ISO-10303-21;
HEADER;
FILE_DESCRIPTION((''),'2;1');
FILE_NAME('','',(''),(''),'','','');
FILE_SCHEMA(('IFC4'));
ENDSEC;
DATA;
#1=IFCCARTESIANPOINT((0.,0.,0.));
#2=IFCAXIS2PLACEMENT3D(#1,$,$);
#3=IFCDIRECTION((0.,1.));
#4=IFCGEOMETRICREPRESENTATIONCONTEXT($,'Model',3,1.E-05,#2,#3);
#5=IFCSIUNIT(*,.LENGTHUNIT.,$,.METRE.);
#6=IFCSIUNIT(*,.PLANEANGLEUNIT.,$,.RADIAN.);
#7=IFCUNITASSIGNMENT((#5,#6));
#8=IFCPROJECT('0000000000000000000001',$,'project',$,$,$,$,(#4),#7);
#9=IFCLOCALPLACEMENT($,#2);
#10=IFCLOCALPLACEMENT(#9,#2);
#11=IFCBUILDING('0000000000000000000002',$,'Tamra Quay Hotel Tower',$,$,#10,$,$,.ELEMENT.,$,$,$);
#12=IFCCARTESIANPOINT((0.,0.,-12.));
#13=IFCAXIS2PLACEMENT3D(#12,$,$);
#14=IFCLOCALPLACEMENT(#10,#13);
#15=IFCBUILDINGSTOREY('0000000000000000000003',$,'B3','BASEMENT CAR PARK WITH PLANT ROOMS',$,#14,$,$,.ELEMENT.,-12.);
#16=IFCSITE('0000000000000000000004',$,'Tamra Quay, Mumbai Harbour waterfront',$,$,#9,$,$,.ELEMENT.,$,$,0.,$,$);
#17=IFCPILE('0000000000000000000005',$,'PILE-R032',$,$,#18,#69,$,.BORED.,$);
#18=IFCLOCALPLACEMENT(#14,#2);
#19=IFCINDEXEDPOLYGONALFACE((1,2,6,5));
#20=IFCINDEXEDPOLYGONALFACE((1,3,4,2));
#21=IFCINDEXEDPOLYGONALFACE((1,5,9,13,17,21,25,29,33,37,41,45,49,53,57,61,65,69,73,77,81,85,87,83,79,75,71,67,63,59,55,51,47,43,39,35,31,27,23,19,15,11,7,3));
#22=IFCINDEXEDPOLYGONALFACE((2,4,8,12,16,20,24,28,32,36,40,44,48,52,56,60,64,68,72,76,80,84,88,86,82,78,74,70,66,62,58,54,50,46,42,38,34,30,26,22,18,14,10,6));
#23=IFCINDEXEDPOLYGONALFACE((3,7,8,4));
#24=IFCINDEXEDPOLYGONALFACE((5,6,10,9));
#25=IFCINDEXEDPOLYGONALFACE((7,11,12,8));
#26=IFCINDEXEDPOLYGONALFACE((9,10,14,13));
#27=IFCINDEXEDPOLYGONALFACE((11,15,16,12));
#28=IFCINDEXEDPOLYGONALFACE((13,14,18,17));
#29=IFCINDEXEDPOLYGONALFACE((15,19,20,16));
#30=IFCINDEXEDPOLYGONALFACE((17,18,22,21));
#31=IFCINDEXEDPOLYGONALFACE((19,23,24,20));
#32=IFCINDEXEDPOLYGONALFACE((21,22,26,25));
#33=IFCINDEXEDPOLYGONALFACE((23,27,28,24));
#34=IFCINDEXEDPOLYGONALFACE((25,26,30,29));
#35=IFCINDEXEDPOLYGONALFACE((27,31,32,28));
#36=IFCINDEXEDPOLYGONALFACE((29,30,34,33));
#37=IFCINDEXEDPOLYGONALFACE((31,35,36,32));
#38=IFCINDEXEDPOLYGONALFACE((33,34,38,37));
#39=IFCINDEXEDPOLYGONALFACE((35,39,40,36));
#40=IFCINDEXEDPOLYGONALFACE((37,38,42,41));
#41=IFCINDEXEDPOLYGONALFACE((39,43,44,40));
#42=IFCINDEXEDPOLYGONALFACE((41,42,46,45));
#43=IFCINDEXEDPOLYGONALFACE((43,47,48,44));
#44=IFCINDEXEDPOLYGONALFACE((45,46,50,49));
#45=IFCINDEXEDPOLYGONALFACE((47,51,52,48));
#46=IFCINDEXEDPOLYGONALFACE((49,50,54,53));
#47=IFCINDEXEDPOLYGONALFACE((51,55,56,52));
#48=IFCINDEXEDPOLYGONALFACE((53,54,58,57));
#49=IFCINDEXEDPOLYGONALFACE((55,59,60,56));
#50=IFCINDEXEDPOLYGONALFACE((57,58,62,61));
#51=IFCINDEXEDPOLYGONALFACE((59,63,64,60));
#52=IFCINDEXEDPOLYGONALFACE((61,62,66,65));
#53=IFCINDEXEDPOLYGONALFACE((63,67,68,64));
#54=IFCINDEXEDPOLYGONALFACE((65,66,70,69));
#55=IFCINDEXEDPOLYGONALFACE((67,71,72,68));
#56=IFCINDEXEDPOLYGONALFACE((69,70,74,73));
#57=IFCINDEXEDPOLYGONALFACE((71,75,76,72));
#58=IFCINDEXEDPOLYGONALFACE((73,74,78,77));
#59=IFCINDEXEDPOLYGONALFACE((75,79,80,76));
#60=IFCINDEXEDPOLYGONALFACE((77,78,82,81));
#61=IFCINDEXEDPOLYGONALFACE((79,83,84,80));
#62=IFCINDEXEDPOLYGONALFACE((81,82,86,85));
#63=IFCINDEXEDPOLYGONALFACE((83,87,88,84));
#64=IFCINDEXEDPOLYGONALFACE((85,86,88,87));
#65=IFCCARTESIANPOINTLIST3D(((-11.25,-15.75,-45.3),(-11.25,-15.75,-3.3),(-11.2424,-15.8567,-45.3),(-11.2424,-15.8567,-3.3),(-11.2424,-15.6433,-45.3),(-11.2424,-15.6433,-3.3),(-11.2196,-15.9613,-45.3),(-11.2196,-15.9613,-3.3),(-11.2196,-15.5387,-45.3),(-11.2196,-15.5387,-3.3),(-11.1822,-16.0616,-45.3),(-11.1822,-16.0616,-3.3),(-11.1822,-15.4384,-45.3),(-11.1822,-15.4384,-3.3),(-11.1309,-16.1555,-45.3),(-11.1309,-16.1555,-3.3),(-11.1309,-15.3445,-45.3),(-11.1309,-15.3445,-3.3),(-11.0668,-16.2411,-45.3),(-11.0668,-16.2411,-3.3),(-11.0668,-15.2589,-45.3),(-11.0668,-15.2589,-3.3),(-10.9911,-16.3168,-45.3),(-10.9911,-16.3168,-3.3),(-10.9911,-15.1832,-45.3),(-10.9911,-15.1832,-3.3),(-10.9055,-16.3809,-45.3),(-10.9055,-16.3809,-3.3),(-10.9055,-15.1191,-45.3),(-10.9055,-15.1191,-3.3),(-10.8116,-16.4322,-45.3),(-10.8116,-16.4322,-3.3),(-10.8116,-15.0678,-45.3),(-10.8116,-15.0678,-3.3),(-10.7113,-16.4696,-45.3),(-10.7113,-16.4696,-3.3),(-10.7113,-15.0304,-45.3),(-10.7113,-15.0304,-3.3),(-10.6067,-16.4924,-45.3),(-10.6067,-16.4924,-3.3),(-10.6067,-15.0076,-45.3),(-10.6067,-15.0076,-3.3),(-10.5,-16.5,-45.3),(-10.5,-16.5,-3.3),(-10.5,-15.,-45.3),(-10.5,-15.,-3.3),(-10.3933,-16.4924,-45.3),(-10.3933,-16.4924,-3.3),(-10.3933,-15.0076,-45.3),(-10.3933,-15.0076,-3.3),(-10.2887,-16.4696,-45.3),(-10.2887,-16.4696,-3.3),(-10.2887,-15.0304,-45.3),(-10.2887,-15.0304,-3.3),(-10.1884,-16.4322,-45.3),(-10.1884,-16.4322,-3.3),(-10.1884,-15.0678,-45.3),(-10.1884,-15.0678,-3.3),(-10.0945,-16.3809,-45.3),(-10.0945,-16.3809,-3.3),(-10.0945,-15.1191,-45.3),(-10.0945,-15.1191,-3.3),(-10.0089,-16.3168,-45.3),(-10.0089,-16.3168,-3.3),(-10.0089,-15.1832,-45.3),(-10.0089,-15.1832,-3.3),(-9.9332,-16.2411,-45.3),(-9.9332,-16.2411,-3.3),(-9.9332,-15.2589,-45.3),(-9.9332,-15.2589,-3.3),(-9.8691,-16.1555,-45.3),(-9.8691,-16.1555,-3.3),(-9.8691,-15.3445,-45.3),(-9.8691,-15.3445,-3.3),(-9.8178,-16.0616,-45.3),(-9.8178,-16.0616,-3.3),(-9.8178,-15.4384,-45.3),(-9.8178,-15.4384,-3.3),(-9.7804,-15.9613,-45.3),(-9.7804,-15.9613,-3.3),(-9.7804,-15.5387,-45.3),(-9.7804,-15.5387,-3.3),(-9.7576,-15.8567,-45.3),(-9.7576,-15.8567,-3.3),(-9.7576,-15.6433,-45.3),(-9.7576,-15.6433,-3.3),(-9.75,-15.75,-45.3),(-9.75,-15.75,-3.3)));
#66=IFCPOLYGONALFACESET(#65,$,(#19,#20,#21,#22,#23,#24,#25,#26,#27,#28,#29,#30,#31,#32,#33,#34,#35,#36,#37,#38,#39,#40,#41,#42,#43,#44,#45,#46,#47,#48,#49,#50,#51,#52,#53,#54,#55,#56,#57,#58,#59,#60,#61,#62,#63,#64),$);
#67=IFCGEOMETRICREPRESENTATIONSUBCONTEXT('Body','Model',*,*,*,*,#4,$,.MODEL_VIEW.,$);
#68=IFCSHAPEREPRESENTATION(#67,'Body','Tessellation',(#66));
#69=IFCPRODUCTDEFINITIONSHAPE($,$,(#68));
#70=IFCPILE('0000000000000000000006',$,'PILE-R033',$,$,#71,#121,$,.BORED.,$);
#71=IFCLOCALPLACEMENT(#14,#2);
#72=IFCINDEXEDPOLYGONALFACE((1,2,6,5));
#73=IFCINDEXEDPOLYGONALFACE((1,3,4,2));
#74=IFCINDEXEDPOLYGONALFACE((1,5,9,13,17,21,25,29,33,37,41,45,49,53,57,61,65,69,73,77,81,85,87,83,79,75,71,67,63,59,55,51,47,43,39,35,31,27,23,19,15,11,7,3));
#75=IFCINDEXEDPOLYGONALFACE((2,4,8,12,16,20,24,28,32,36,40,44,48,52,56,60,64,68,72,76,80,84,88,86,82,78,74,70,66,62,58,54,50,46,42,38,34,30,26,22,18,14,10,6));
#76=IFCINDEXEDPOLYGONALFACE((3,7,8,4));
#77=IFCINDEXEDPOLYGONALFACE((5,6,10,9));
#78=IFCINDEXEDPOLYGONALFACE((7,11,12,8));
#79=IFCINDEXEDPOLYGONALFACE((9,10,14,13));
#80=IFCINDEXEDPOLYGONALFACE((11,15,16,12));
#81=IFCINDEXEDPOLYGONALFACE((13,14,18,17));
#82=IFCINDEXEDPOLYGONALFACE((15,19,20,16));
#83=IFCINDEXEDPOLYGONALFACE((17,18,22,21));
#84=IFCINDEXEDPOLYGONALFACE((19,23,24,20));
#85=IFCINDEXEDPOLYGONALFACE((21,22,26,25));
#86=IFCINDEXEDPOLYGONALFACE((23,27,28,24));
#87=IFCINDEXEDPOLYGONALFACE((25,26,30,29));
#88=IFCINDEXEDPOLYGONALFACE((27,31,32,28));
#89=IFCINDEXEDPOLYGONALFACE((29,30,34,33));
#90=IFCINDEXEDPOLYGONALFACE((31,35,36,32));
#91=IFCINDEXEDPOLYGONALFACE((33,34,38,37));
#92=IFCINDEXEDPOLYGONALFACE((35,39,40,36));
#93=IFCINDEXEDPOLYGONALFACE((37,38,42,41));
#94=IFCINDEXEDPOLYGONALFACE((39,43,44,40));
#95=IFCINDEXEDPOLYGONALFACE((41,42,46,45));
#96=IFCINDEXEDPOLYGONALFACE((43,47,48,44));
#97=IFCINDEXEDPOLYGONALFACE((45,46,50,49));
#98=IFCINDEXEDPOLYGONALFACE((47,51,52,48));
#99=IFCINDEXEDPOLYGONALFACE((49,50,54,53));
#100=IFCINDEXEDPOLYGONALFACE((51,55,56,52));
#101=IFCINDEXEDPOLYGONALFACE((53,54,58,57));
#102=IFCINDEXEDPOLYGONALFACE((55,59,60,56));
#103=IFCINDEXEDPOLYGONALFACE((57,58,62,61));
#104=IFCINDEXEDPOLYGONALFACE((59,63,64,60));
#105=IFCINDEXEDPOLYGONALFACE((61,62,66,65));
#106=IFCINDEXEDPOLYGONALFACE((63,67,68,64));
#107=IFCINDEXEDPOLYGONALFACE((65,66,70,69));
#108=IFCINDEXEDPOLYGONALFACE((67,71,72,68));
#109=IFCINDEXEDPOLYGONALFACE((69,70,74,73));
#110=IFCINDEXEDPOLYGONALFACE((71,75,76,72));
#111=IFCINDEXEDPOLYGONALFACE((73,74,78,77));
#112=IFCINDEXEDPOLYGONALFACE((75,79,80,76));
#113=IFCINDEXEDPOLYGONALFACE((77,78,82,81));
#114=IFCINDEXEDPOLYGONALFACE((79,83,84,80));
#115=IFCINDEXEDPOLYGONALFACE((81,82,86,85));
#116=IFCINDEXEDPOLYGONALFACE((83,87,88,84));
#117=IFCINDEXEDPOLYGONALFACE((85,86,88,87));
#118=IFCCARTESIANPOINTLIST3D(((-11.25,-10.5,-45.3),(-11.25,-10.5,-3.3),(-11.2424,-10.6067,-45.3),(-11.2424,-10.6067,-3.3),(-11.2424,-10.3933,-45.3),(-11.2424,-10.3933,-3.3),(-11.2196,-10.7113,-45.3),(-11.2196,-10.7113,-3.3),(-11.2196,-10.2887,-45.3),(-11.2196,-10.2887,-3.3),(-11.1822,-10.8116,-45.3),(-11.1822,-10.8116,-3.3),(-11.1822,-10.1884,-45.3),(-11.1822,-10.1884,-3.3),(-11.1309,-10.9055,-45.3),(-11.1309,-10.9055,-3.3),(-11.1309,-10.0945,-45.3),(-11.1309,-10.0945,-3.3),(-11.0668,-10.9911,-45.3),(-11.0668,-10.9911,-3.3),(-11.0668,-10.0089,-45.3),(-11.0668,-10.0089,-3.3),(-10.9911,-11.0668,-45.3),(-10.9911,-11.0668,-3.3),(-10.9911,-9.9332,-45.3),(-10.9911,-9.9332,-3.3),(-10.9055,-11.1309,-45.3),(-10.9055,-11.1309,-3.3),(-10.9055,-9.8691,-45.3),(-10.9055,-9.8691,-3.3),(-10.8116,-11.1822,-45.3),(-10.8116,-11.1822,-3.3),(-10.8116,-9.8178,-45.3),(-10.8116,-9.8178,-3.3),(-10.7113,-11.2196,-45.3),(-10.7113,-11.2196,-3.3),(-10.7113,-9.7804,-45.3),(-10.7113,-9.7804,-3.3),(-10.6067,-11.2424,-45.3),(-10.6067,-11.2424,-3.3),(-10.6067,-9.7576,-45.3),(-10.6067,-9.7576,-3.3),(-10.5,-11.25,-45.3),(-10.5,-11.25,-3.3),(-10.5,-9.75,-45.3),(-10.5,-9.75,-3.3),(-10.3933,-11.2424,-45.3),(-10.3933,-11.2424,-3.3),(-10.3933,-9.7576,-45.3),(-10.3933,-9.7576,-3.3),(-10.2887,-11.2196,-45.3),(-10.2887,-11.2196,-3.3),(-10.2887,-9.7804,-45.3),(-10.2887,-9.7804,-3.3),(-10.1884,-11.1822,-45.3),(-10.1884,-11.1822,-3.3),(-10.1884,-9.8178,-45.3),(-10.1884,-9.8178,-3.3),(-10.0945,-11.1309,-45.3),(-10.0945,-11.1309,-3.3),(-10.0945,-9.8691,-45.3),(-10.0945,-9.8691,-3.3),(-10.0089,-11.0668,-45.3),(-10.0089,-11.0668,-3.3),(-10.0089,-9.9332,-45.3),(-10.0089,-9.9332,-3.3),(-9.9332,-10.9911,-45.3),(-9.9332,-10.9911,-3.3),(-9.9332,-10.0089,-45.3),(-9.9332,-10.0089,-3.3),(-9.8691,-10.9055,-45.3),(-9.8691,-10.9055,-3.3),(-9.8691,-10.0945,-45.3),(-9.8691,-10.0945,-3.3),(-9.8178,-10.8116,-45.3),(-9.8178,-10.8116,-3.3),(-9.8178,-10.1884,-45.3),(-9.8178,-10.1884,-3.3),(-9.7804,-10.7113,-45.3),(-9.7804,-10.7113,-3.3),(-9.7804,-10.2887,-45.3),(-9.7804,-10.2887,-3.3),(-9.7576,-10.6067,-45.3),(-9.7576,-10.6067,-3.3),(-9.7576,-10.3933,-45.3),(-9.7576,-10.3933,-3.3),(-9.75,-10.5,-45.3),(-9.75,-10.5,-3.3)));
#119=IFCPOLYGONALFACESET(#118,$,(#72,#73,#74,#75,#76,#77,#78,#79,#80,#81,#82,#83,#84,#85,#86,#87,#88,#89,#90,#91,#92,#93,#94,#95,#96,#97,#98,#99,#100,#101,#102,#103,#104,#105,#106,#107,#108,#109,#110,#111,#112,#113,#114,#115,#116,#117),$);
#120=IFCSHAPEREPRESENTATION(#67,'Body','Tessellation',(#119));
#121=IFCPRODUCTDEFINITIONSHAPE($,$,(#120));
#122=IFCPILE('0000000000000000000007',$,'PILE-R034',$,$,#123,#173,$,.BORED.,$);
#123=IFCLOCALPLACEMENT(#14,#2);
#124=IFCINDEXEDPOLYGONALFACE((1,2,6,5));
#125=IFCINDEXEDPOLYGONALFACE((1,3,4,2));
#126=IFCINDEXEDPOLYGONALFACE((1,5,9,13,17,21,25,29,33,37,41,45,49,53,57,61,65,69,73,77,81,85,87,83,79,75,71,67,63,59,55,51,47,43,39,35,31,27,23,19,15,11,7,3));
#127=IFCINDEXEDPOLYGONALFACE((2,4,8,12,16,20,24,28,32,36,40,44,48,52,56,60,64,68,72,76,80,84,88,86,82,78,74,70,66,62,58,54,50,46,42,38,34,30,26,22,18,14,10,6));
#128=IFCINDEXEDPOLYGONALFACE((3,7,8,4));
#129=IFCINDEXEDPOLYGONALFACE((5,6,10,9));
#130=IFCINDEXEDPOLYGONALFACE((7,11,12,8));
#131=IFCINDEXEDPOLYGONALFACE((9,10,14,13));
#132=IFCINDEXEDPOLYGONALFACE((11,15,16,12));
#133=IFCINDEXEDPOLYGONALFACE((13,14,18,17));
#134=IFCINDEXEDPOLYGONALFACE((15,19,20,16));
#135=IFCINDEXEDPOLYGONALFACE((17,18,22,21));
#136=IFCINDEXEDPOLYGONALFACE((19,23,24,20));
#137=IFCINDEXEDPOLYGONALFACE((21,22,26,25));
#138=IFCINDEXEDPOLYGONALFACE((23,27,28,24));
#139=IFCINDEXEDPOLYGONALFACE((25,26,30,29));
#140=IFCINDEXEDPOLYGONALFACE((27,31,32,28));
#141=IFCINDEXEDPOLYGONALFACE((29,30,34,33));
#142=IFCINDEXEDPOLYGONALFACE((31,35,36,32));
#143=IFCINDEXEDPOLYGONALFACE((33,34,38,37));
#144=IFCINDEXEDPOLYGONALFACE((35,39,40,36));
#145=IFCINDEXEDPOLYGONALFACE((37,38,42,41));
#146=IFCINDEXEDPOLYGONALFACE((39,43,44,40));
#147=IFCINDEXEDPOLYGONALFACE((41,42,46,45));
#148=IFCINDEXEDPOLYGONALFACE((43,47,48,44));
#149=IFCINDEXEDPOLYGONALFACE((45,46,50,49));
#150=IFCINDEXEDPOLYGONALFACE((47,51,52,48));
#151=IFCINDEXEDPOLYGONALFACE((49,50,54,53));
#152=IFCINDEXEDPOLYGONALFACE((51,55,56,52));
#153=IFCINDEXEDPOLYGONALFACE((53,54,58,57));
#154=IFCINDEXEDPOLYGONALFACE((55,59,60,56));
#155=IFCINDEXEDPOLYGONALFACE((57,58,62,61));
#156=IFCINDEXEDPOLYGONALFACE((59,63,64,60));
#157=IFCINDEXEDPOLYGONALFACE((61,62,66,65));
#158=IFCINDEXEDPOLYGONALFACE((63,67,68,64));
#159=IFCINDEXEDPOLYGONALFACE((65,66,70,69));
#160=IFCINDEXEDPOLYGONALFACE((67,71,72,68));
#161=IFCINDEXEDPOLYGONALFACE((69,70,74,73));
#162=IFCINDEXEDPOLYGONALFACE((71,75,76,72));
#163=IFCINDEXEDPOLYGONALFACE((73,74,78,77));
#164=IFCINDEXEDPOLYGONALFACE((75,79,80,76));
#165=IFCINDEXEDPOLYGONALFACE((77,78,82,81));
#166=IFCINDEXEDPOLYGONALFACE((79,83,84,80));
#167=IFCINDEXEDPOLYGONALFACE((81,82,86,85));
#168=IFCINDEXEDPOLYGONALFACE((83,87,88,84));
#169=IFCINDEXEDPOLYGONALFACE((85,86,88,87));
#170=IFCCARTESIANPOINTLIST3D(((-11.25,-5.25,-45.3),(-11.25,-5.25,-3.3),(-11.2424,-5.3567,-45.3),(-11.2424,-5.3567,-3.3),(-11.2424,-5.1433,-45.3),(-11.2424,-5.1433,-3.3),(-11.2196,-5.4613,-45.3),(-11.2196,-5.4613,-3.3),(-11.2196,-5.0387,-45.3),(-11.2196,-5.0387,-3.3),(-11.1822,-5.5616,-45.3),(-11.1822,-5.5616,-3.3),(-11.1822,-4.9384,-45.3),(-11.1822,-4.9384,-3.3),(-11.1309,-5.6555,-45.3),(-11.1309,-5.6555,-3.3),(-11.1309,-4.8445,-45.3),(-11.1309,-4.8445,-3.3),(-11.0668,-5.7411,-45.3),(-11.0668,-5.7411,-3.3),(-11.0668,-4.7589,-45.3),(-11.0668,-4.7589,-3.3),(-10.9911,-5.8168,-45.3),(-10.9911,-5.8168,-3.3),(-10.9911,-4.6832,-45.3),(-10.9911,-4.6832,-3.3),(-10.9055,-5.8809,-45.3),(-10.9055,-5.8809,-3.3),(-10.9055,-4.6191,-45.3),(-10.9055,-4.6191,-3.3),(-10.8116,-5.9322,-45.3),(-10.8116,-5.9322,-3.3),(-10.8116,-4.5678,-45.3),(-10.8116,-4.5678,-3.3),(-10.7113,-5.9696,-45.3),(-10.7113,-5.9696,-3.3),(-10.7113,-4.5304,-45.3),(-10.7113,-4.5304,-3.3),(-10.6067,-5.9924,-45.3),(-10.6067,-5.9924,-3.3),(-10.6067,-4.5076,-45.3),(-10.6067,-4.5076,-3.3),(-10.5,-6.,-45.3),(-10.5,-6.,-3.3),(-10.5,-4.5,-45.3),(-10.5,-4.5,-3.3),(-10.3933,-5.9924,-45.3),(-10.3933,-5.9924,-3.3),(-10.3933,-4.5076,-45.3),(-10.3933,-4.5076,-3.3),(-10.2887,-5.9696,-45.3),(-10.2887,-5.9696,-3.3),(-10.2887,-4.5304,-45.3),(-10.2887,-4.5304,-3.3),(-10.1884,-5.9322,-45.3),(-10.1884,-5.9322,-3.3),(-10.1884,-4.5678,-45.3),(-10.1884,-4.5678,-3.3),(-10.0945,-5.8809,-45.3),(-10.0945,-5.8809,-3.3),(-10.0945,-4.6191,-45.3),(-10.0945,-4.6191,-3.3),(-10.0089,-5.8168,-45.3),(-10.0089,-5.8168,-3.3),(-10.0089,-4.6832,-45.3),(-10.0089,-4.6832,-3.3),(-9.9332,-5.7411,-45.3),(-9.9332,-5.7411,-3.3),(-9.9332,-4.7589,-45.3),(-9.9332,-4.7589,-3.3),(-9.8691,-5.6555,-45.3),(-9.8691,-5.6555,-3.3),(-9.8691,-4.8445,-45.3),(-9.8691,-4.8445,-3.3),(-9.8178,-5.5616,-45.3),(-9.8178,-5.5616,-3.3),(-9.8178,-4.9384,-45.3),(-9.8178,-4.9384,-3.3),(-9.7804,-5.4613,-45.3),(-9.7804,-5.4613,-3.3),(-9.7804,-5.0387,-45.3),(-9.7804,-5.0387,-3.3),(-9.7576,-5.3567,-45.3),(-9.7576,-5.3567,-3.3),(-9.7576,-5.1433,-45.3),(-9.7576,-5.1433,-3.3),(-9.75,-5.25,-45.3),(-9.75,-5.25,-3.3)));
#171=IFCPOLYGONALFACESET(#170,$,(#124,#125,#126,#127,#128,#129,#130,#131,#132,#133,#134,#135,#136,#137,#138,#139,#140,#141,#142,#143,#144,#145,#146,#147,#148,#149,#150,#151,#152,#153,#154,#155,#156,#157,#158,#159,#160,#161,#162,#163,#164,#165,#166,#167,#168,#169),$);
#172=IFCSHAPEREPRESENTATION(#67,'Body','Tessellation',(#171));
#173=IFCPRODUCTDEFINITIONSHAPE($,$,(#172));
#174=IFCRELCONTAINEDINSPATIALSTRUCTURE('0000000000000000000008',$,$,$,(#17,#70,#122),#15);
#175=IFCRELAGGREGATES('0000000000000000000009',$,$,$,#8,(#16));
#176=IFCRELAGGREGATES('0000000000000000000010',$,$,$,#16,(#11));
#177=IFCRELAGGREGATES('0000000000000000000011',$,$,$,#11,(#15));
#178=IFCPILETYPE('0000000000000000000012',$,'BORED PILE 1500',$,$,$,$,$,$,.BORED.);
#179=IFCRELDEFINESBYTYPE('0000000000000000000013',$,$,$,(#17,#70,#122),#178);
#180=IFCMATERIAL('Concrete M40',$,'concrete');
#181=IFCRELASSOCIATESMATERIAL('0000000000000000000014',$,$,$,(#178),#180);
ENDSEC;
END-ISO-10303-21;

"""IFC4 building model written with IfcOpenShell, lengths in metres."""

from ifc_helpers import new_model, si_unit, direction, frame, origin, origin_2d, place, context, subcontext, project, spatial, circle, extrude, material, material_profile, profile_set, type_object, element, save


model = new_model("IFC4")

# Units and contexts
model_context = context("Model", 3, precision=1e-05, world=origin(), true_north=direction((0.0, 1.0)))
body_context = subcontext(model_context, "Body", "Model", "MODEL_VIEW")
ifc_project = project(units=[si_unit("LENGTHUNIT", "METRE"), si_unit("PLANEANGLEUNIT", "RADIAN")], contexts=[model_context])

# Site, building, storey
site_placement = place(None, origin())
site = spatial("IfcSite", under=ifc_project, at=site_placement, Name="Tamra Quay, Mumbai Harbour waterfront", CompositionType="ELEMENT", RefElevation=0.0)
building_placement = place(site_placement, origin())
building = spatial("IfcBuilding", under=site, at=building_placement, Name="Tamra Quay Hotel Tower", CompositionType="ELEMENT")
storey_placement = place(building_placement, frame((0.0, 0.0, -12.0)))
storey = spatial("IfcBuildingStorey", under=building, at=storey_placement, Name="B3", Description="BASEMENT CAR PARK WITH PLANT ROOMS", CompositionType="ELEMENT", Elevation=-12.0)

# Piles
ifc_material_1 = material(Name="Concrete M40", Category="concrete")
ifc_material_profile_1 = material_profile(ifc_material_1, circle(Radius=0.75, at=origin_2d()), Name="BORED PILE 1500")
ifc_profile_set_1 = profile_set([ifc_material_profile_1], Name="Concrete M40")
pile_type = type_object("IfcPileType", Name="BORED PILE 1500", PredefinedType="BORED", material=ifc_profile_set_1)
for number, where, z_axis, x_axis, name in (
    (1, (-10.5, -15.75, -3.3), (0.0, 0.0, -1.0), (1.0, 0.0, 0.0), "PILE-R032"),
    (2, (-10.5, -10.5, -3.3), (0.0, 0.0, -1.0), (1.0, 0.0, 0.0), "PILE-R033"),
    (3, (-10.5, -5.25, -3.3), (0.0, 0.0, -1.0), (1.0, 0.0, 0.0), "PILE-R034"),
):
    element("IfcPile", number, at=place(storey_placement, frame(where, z_axis=z_axis, x_axis=x_axis)), inside=storey, type_object=pile_type, Name=name, PredefinedType="BORED", context=body_context, shape_type="SweptSolid", body=[
        extrude(circle(Radius=0.75, at=origin_2d()), origin(), (0.0, 0.0, 1.0), 42.0),
    ])

save(model, "model.ifc")
